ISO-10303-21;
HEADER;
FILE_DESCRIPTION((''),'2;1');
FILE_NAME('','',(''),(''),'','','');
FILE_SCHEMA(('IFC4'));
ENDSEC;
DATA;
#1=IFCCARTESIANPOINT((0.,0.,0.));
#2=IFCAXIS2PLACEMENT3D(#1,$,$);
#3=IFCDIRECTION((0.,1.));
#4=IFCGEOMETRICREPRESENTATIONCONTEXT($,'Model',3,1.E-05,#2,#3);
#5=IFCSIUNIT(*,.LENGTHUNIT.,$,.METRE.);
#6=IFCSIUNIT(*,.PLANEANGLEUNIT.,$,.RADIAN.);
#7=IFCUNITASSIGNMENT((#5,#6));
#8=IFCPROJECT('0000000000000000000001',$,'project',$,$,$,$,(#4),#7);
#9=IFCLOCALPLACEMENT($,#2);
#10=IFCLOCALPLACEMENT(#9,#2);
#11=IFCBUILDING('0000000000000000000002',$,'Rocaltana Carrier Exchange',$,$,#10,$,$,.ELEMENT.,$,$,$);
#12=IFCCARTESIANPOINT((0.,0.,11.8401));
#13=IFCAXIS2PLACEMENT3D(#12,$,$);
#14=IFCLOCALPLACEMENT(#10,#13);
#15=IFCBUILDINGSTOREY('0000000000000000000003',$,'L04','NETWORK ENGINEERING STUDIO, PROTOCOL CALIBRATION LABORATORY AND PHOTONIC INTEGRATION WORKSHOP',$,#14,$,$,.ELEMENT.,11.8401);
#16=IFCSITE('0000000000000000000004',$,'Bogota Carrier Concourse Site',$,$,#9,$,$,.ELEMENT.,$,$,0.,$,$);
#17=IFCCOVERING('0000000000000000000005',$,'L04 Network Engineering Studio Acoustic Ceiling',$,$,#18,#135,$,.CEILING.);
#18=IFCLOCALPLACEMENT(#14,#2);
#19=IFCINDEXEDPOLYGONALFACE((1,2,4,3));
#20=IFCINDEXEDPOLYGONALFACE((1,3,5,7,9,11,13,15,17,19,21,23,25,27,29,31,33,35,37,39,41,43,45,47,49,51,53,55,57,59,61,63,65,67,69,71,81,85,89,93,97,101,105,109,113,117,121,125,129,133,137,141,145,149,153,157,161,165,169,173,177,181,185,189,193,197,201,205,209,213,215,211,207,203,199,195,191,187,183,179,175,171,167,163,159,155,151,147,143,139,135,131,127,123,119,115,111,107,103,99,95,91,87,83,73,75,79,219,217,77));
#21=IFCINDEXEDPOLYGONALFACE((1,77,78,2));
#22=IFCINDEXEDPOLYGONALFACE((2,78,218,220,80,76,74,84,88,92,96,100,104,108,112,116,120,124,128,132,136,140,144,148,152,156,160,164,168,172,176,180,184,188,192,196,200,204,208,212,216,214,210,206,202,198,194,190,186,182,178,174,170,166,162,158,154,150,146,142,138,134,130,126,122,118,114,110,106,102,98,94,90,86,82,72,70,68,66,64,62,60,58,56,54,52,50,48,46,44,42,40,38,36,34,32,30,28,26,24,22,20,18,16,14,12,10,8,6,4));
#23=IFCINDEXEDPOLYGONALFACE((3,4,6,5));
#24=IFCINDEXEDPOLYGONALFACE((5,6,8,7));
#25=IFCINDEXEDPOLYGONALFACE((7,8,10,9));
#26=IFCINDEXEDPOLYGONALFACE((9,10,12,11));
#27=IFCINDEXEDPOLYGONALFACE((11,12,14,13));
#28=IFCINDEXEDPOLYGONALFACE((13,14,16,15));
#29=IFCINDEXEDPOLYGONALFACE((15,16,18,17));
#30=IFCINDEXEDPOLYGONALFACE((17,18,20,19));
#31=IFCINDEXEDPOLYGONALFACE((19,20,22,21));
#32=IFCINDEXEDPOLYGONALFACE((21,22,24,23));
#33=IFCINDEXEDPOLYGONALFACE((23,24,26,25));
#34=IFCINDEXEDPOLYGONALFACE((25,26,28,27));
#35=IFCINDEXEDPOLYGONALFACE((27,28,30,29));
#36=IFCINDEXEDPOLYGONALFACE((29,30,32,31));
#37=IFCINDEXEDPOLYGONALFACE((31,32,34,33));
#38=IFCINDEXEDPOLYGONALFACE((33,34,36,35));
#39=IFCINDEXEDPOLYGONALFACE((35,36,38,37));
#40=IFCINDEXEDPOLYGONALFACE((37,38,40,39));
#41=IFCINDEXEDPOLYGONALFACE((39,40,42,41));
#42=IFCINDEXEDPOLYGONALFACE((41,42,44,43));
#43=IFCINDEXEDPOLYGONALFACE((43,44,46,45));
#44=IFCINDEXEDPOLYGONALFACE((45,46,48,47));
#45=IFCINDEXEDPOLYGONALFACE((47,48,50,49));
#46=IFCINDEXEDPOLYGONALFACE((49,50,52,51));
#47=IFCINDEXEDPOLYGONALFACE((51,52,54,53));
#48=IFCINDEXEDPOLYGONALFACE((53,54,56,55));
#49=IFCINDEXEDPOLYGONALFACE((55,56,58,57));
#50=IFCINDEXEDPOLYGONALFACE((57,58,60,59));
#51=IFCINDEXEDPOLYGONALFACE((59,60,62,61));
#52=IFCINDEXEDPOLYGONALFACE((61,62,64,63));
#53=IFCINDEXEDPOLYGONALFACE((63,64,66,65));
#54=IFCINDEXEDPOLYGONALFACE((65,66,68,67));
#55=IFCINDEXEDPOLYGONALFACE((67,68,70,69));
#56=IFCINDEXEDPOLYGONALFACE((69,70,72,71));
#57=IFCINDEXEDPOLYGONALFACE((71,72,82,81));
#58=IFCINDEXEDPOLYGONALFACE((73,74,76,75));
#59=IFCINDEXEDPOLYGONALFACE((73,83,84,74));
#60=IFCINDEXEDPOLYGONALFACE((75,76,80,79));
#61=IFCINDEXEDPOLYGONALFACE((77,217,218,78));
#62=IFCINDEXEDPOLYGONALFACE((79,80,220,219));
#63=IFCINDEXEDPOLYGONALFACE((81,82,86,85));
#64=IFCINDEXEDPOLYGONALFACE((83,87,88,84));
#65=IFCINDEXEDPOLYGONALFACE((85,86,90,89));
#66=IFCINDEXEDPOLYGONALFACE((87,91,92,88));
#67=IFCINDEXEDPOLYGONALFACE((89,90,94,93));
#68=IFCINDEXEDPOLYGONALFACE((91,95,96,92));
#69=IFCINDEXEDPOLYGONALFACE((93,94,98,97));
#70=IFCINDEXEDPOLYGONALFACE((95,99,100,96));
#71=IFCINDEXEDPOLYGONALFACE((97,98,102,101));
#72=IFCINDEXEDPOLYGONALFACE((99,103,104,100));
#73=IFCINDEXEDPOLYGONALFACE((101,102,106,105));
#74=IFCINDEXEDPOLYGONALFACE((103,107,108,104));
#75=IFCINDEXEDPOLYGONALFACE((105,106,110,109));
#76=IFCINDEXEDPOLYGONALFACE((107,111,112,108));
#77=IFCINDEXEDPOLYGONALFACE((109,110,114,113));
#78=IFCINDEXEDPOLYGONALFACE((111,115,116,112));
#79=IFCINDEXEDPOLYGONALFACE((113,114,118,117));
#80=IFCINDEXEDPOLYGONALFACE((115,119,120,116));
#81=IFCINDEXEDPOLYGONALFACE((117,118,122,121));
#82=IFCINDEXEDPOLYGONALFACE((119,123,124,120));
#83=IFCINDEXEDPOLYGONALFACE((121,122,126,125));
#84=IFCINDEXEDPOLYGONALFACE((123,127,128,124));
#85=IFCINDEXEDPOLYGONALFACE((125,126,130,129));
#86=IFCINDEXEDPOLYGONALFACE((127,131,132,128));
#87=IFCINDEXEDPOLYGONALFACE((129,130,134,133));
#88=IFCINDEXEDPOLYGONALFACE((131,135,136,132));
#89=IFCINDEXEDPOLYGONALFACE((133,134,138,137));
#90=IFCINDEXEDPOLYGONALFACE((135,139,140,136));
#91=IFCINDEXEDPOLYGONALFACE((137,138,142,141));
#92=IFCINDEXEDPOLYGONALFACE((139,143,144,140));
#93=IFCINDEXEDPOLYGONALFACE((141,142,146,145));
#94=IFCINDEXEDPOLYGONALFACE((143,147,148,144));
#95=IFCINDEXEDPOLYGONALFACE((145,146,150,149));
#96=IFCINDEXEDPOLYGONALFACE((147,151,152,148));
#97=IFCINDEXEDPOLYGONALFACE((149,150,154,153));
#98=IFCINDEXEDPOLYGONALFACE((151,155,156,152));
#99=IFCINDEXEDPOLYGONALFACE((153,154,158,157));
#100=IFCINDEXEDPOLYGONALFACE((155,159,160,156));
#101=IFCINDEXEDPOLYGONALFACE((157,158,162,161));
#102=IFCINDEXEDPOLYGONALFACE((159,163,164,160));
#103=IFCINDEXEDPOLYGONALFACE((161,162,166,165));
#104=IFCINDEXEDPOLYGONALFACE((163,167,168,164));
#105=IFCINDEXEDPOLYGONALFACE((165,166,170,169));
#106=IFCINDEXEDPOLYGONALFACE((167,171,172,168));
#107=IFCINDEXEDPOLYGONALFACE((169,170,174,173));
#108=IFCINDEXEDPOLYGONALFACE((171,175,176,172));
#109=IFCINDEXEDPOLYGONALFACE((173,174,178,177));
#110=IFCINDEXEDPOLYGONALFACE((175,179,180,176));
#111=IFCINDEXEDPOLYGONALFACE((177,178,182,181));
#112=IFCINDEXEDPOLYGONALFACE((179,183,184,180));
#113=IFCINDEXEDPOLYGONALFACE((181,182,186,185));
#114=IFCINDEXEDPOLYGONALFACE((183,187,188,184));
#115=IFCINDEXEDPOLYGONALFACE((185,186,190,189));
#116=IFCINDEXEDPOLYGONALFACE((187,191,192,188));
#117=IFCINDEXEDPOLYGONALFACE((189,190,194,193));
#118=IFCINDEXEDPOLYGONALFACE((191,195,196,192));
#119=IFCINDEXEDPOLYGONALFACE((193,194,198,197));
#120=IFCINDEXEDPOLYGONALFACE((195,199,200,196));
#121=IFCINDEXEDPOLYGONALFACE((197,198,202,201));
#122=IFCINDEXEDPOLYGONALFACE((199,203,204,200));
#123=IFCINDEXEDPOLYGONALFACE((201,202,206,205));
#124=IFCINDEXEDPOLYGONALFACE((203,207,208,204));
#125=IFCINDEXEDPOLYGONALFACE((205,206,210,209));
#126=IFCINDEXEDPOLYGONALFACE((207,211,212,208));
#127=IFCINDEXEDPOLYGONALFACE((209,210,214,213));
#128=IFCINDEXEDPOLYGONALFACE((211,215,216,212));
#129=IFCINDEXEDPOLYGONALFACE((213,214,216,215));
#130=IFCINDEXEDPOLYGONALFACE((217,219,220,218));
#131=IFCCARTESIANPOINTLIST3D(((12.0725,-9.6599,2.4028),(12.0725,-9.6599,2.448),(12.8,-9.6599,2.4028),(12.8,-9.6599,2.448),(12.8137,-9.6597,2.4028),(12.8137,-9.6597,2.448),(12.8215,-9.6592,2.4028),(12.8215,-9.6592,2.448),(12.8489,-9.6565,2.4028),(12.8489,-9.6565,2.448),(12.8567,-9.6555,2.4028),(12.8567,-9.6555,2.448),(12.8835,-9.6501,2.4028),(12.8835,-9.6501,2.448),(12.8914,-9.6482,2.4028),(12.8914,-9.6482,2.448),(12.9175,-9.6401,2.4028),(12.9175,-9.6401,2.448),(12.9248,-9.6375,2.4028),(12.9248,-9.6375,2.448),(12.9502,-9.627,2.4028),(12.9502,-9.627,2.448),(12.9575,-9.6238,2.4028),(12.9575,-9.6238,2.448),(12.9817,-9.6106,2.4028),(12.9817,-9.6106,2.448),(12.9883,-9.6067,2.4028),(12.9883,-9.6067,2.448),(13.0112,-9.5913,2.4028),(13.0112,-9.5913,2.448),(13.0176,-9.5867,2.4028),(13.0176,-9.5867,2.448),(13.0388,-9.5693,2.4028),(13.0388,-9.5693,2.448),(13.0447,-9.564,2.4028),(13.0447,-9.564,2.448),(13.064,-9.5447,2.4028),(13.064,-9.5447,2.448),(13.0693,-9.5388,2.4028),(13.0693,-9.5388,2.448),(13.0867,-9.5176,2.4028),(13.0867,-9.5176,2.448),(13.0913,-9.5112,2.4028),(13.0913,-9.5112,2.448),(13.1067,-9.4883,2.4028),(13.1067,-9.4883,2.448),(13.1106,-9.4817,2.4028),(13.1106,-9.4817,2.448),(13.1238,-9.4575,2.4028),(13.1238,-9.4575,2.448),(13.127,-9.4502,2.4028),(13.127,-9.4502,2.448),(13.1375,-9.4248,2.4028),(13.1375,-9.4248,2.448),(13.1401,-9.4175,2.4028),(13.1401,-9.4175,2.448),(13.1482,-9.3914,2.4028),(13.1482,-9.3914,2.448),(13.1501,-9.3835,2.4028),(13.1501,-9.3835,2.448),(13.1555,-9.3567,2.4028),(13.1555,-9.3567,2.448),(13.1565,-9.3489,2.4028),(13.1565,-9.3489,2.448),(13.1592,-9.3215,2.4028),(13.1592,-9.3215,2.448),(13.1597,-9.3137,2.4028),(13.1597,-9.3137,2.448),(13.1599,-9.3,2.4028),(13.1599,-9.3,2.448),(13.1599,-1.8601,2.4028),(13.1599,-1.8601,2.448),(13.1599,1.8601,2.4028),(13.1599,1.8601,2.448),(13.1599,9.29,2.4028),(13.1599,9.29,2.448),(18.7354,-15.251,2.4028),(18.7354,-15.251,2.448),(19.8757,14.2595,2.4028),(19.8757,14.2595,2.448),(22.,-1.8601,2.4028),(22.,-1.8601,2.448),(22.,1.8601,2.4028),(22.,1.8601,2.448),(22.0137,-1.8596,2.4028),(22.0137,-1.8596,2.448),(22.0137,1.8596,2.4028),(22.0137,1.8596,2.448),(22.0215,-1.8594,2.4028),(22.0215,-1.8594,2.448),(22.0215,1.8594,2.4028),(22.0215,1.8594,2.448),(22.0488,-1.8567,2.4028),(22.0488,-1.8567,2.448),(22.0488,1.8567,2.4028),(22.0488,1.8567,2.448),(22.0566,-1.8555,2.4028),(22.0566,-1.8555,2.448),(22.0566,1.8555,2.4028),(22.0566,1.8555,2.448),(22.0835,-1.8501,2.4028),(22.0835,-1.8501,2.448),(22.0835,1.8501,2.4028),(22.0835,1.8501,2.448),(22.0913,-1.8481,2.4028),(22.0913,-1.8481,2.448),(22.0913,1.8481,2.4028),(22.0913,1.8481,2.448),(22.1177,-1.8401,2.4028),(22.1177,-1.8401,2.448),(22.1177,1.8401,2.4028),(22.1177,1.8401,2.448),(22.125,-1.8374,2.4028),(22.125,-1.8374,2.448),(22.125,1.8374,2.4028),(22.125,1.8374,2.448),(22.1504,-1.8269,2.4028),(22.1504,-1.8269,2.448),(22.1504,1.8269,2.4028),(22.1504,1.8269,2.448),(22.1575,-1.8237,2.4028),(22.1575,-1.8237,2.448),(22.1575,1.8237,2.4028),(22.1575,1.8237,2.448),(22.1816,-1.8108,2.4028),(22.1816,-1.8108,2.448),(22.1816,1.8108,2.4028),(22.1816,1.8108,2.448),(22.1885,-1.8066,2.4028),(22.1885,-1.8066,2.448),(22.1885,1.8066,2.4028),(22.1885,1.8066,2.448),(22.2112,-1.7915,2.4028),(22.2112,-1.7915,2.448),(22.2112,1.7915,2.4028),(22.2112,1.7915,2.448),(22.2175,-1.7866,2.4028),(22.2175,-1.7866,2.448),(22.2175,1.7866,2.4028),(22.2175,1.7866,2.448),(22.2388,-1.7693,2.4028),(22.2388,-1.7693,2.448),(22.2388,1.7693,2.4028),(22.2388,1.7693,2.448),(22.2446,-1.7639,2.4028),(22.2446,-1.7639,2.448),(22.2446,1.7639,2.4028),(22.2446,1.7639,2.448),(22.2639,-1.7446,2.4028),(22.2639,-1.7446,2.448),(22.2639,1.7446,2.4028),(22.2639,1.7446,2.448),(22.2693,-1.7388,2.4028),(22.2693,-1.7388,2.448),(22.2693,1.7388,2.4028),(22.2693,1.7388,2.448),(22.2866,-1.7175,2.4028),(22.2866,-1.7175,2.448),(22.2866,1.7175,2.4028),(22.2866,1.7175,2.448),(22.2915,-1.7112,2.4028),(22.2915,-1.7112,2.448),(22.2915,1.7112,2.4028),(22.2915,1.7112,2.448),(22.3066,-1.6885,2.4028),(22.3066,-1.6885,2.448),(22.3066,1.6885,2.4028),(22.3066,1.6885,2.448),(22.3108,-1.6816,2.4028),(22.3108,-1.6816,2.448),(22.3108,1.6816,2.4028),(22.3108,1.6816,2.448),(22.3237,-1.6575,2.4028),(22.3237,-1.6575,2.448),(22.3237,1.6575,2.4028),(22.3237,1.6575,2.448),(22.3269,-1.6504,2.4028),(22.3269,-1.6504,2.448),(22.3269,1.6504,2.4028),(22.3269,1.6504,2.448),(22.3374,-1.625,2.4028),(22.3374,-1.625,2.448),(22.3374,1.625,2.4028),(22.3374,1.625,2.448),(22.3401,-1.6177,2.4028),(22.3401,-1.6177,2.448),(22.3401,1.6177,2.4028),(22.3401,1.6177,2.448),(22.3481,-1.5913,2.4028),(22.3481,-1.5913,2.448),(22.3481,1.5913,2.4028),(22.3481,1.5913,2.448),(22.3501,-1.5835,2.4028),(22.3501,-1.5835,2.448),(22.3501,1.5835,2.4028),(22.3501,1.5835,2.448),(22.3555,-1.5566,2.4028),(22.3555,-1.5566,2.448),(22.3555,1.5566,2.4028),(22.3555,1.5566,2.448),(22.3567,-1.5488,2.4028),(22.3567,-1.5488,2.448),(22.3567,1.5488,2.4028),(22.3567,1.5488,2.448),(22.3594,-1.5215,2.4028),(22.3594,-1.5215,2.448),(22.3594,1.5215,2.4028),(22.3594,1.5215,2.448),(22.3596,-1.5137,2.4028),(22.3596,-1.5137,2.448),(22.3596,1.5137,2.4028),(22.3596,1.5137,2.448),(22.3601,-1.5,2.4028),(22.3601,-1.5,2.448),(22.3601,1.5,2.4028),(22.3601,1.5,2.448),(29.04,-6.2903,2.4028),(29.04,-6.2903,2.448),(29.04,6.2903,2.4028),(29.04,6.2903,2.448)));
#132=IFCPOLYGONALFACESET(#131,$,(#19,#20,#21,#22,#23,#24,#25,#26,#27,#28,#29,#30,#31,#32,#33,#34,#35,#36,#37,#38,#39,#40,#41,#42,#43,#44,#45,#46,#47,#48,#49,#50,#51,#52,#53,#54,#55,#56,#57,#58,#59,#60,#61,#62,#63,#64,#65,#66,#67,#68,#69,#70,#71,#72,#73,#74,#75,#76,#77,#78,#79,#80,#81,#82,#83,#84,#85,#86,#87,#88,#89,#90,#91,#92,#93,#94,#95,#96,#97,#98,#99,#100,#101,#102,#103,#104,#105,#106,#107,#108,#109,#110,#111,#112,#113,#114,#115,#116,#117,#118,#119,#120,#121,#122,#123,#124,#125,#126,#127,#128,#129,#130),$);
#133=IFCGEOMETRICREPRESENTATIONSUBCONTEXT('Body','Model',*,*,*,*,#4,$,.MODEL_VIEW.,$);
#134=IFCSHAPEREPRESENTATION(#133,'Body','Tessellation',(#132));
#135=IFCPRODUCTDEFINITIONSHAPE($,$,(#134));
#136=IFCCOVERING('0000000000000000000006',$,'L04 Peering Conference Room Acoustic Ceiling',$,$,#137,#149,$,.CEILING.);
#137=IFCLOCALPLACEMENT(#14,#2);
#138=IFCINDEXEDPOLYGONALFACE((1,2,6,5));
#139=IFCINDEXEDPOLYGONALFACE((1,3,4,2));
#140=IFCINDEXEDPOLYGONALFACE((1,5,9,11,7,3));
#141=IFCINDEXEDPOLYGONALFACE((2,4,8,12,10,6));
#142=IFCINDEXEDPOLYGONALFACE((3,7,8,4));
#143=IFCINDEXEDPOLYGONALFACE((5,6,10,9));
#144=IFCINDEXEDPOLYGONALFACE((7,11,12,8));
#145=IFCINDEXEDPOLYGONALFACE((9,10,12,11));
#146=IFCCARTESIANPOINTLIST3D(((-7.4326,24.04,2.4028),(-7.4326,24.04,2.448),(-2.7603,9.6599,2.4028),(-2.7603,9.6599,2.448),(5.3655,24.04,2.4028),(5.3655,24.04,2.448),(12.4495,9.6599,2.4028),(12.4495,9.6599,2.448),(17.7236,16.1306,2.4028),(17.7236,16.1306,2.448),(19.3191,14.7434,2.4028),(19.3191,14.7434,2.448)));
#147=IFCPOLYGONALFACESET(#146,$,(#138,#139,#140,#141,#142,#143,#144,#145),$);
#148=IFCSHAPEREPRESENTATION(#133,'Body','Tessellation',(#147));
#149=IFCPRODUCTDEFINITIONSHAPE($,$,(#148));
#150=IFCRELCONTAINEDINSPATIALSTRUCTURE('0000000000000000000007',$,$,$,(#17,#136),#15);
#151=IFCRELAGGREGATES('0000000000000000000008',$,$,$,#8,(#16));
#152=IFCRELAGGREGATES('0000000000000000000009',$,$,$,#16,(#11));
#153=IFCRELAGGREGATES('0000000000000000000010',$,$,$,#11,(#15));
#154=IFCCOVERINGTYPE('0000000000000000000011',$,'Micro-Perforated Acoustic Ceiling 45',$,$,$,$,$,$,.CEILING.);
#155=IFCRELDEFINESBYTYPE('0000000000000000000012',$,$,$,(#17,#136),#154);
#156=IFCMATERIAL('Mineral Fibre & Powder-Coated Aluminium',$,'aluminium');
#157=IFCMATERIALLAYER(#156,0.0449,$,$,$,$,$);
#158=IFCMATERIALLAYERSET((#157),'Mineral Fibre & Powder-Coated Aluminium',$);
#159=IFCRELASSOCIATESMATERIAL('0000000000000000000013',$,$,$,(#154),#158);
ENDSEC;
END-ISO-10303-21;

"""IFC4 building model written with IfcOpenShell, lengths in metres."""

from ifc_helpers import new_model, si_unit, direction, frame, origin, place, context, subcontext, project, spatial, polyline, outline, extrude, material, layer, layer_set, type_object, element, save


model = new_model("IFC4")

# Units and contexts
model_context = context("Model", 3, precision=1e-05, world=origin(), true_north=direction((0.0, 1.0)))
body_context = subcontext(model_context, "Body", "Model", "MODEL_VIEW")
ifc_project = project(units=[si_unit("LENGTHUNIT", "METRE"), si_unit("PLANEANGLEUNIT", "RADIAN")], contexts=[model_context])

# Site, building, storey
site_placement = place(None, origin())
site = spatial("IfcSite", under=ifc_project, at=site_placement, Name="Bogota Carrier Concourse Site", CompositionType="ELEMENT", RefElevation=0.0)
building_placement = place(site_placement, origin())
building = spatial("IfcBuilding", under=site, at=building_placement, Name="Rocaltana Carrier Exchange", CompositionType="ELEMENT")
storey_placement = place(building_placement, frame((0.0, 0.0, 11.8401)))
storey = spatial("IfcBuildingStorey", under=building, at=storey_placement, Name="L04", Description="NETWORK ENGINEERING STUDIO, PROTOCOL CALIBRATION LABORATORY AND PHOTONIC INTEGRATION WORKSHOP", CompositionType="ELEMENT", Elevation=11.8401)

# Coverings
ifc_material_1 = material(Name="Mineral Fibre & Powder-Coated Aluminium", Category="aluminium")
ifc_layer_1 = layer(ifc_material_1, 0.0449)
ifc_layer_set_1 = layer_set([ifc_layer_1], Name="Mineral Fibre & Powder-Coated Aluminium")
covering_type_1 = type_object("IfcCoveringType", Name="Micro-Perforated Acoustic Ceiling 45", PredefinedType="CEILING", material=ifc_layer_set_1)
covering_1_placement = place(storey_placement, frame((0.0, 0.0, 2.4028)))
element("IfcCovering", 1, at=covering_1_placement, inside=storey, type_object=covering_type_1, Name="L04 Network Engineering Studio Acoustic Ceiling", PredefinedType="CEILING", context=body_context, shape_type="SweptSolid", body=[
    extrude(outline(polyline([(13.1599, 9.29), (19.8757, 14.2595), (29.04, 6.2903), (29.04, -6.2903), (18.7354, -15.251), (12.0725, -9.6599), (12.8, -9.6599), (12.8137, -9.6597), (12.8215, -9.6592), (12.8489, -9.6565), (12.8567, -9.6555), (12.8835, -9.6501), (12.8914, -9.6482), (12.9175, -9.6401), (12.9248, -9.6375), (12.9502, -9.627), (12.9575, -9.6238), (12.9817, -9.6106), (12.9883, -9.6067), (13.0112, -9.5913), (13.0176, -9.5867), (13.0388, -9.5693), (13.0447, -9.564), (13.064, -9.5447), (13.0693, -9.5388), (13.0867, -9.5176), (13.0913, -9.5112), (13.1067, -9.4883), (13.1106, -9.4817), (13.1238, -9.4575), (13.127, -9.4502), (13.1375, -9.4248), (13.1401, -9.4175), (13.1482, -9.3914), (13.1501, -9.3835), (13.1555, -9.3567), (13.1565, -9.3489), (13.1592, -9.3215), (13.1597, -9.3137), (13.1599, -9.3), (13.1599, -1.8601), (22.0, -1.8601), (22.0137, -1.8596), (22.0215, -1.8594), (22.0488, -1.8567), (22.0566, -1.8555), (22.0835, -1.8501), (22.0913, -1.8481), (22.1177, -1.8401), (22.125, -1.8374), (22.1504, -1.8269), (22.1575, -1.8237), (22.1816, -1.8108), (22.1885, -1.8066), (22.2112, -1.7915), (22.2175, -1.7866), (22.2388, -1.7693), (22.2446, -1.7639), (22.2639, -1.7446), (22.2693, -1.7388), (22.2866, -1.7175), (22.2915, -1.7112), (22.3066, -1.6885), (22.3108, -1.6816), (22.3237, -1.6575), (22.3269, -1.6504), (22.3374, -1.625), (22.3401, -1.6177), (22.3481, -1.5913), (22.3501, -1.5835), (22.3555, -1.5566), (22.3567, -1.5488), (22.3594, -1.5215), (22.3596, -1.5137), (22.3601, -1.5), (22.3601, 1.5), (22.3596, 1.5137), (22.3594, 1.5215), (22.3567, 1.5488), (22.3555, 1.5566), (22.3501, 1.5835), (22.3481, 1.5913), (22.3401, 1.6177), (22.3374, 1.625), (22.3269, 1.6504), (22.3237, 1.6575), (22.3108, 1.6816), (22.3066, 1.6885), (22.2915, 1.7112), (22.2866, 1.7175), (22.2693, 1.7388), (22.2639, 1.7446), (22.2446, 1.7639), (22.2388, 1.7693), (22.2175, 1.7866), (22.2112, 1.7915), (22.1885, 1.8066), (22.1816, 1.8108), (22.1575, 1.8237), (22.1504, 1.8269), (22.125, 1.8374), (22.1177, 1.8401), (22.0913, 1.8481), (22.0835, 1.8501), (22.0566, 1.8555), (22.0488, 1.8567), (22.0215, 1.8594), (22.0137, 1.8596), (22.0, 1.8601), (13.1599, 1.8601), (13.1599, 9.29)])), origin(), (0.0, 0.0, 1.0), 0.0452),
])
covering_2_placement = place(storey_placement, frame((0.0, 0.0, 2.4028)))
element("IfcCovering", 2, at=covering_2_placement, inside=storey, type_object=covering_type_1, Name="L04 Peering Conference Room Acoustic Ceiling", PredefinedType="CEILING", context=body_context, shape_type="SweptSolid", body=[
    extrude(outline(polyline([(5.3655, 24.04), (17.7236, 16.1306), (19.3191, 14.7434), (12.4495, 9.6599), (-2.7603, 9.6599), (-7.4326, 24.04), (5.3655, 24.04)])), origin(), (0.0, 0.0, 1.0), 0.0452),
])

save(model, "model.ifc")
